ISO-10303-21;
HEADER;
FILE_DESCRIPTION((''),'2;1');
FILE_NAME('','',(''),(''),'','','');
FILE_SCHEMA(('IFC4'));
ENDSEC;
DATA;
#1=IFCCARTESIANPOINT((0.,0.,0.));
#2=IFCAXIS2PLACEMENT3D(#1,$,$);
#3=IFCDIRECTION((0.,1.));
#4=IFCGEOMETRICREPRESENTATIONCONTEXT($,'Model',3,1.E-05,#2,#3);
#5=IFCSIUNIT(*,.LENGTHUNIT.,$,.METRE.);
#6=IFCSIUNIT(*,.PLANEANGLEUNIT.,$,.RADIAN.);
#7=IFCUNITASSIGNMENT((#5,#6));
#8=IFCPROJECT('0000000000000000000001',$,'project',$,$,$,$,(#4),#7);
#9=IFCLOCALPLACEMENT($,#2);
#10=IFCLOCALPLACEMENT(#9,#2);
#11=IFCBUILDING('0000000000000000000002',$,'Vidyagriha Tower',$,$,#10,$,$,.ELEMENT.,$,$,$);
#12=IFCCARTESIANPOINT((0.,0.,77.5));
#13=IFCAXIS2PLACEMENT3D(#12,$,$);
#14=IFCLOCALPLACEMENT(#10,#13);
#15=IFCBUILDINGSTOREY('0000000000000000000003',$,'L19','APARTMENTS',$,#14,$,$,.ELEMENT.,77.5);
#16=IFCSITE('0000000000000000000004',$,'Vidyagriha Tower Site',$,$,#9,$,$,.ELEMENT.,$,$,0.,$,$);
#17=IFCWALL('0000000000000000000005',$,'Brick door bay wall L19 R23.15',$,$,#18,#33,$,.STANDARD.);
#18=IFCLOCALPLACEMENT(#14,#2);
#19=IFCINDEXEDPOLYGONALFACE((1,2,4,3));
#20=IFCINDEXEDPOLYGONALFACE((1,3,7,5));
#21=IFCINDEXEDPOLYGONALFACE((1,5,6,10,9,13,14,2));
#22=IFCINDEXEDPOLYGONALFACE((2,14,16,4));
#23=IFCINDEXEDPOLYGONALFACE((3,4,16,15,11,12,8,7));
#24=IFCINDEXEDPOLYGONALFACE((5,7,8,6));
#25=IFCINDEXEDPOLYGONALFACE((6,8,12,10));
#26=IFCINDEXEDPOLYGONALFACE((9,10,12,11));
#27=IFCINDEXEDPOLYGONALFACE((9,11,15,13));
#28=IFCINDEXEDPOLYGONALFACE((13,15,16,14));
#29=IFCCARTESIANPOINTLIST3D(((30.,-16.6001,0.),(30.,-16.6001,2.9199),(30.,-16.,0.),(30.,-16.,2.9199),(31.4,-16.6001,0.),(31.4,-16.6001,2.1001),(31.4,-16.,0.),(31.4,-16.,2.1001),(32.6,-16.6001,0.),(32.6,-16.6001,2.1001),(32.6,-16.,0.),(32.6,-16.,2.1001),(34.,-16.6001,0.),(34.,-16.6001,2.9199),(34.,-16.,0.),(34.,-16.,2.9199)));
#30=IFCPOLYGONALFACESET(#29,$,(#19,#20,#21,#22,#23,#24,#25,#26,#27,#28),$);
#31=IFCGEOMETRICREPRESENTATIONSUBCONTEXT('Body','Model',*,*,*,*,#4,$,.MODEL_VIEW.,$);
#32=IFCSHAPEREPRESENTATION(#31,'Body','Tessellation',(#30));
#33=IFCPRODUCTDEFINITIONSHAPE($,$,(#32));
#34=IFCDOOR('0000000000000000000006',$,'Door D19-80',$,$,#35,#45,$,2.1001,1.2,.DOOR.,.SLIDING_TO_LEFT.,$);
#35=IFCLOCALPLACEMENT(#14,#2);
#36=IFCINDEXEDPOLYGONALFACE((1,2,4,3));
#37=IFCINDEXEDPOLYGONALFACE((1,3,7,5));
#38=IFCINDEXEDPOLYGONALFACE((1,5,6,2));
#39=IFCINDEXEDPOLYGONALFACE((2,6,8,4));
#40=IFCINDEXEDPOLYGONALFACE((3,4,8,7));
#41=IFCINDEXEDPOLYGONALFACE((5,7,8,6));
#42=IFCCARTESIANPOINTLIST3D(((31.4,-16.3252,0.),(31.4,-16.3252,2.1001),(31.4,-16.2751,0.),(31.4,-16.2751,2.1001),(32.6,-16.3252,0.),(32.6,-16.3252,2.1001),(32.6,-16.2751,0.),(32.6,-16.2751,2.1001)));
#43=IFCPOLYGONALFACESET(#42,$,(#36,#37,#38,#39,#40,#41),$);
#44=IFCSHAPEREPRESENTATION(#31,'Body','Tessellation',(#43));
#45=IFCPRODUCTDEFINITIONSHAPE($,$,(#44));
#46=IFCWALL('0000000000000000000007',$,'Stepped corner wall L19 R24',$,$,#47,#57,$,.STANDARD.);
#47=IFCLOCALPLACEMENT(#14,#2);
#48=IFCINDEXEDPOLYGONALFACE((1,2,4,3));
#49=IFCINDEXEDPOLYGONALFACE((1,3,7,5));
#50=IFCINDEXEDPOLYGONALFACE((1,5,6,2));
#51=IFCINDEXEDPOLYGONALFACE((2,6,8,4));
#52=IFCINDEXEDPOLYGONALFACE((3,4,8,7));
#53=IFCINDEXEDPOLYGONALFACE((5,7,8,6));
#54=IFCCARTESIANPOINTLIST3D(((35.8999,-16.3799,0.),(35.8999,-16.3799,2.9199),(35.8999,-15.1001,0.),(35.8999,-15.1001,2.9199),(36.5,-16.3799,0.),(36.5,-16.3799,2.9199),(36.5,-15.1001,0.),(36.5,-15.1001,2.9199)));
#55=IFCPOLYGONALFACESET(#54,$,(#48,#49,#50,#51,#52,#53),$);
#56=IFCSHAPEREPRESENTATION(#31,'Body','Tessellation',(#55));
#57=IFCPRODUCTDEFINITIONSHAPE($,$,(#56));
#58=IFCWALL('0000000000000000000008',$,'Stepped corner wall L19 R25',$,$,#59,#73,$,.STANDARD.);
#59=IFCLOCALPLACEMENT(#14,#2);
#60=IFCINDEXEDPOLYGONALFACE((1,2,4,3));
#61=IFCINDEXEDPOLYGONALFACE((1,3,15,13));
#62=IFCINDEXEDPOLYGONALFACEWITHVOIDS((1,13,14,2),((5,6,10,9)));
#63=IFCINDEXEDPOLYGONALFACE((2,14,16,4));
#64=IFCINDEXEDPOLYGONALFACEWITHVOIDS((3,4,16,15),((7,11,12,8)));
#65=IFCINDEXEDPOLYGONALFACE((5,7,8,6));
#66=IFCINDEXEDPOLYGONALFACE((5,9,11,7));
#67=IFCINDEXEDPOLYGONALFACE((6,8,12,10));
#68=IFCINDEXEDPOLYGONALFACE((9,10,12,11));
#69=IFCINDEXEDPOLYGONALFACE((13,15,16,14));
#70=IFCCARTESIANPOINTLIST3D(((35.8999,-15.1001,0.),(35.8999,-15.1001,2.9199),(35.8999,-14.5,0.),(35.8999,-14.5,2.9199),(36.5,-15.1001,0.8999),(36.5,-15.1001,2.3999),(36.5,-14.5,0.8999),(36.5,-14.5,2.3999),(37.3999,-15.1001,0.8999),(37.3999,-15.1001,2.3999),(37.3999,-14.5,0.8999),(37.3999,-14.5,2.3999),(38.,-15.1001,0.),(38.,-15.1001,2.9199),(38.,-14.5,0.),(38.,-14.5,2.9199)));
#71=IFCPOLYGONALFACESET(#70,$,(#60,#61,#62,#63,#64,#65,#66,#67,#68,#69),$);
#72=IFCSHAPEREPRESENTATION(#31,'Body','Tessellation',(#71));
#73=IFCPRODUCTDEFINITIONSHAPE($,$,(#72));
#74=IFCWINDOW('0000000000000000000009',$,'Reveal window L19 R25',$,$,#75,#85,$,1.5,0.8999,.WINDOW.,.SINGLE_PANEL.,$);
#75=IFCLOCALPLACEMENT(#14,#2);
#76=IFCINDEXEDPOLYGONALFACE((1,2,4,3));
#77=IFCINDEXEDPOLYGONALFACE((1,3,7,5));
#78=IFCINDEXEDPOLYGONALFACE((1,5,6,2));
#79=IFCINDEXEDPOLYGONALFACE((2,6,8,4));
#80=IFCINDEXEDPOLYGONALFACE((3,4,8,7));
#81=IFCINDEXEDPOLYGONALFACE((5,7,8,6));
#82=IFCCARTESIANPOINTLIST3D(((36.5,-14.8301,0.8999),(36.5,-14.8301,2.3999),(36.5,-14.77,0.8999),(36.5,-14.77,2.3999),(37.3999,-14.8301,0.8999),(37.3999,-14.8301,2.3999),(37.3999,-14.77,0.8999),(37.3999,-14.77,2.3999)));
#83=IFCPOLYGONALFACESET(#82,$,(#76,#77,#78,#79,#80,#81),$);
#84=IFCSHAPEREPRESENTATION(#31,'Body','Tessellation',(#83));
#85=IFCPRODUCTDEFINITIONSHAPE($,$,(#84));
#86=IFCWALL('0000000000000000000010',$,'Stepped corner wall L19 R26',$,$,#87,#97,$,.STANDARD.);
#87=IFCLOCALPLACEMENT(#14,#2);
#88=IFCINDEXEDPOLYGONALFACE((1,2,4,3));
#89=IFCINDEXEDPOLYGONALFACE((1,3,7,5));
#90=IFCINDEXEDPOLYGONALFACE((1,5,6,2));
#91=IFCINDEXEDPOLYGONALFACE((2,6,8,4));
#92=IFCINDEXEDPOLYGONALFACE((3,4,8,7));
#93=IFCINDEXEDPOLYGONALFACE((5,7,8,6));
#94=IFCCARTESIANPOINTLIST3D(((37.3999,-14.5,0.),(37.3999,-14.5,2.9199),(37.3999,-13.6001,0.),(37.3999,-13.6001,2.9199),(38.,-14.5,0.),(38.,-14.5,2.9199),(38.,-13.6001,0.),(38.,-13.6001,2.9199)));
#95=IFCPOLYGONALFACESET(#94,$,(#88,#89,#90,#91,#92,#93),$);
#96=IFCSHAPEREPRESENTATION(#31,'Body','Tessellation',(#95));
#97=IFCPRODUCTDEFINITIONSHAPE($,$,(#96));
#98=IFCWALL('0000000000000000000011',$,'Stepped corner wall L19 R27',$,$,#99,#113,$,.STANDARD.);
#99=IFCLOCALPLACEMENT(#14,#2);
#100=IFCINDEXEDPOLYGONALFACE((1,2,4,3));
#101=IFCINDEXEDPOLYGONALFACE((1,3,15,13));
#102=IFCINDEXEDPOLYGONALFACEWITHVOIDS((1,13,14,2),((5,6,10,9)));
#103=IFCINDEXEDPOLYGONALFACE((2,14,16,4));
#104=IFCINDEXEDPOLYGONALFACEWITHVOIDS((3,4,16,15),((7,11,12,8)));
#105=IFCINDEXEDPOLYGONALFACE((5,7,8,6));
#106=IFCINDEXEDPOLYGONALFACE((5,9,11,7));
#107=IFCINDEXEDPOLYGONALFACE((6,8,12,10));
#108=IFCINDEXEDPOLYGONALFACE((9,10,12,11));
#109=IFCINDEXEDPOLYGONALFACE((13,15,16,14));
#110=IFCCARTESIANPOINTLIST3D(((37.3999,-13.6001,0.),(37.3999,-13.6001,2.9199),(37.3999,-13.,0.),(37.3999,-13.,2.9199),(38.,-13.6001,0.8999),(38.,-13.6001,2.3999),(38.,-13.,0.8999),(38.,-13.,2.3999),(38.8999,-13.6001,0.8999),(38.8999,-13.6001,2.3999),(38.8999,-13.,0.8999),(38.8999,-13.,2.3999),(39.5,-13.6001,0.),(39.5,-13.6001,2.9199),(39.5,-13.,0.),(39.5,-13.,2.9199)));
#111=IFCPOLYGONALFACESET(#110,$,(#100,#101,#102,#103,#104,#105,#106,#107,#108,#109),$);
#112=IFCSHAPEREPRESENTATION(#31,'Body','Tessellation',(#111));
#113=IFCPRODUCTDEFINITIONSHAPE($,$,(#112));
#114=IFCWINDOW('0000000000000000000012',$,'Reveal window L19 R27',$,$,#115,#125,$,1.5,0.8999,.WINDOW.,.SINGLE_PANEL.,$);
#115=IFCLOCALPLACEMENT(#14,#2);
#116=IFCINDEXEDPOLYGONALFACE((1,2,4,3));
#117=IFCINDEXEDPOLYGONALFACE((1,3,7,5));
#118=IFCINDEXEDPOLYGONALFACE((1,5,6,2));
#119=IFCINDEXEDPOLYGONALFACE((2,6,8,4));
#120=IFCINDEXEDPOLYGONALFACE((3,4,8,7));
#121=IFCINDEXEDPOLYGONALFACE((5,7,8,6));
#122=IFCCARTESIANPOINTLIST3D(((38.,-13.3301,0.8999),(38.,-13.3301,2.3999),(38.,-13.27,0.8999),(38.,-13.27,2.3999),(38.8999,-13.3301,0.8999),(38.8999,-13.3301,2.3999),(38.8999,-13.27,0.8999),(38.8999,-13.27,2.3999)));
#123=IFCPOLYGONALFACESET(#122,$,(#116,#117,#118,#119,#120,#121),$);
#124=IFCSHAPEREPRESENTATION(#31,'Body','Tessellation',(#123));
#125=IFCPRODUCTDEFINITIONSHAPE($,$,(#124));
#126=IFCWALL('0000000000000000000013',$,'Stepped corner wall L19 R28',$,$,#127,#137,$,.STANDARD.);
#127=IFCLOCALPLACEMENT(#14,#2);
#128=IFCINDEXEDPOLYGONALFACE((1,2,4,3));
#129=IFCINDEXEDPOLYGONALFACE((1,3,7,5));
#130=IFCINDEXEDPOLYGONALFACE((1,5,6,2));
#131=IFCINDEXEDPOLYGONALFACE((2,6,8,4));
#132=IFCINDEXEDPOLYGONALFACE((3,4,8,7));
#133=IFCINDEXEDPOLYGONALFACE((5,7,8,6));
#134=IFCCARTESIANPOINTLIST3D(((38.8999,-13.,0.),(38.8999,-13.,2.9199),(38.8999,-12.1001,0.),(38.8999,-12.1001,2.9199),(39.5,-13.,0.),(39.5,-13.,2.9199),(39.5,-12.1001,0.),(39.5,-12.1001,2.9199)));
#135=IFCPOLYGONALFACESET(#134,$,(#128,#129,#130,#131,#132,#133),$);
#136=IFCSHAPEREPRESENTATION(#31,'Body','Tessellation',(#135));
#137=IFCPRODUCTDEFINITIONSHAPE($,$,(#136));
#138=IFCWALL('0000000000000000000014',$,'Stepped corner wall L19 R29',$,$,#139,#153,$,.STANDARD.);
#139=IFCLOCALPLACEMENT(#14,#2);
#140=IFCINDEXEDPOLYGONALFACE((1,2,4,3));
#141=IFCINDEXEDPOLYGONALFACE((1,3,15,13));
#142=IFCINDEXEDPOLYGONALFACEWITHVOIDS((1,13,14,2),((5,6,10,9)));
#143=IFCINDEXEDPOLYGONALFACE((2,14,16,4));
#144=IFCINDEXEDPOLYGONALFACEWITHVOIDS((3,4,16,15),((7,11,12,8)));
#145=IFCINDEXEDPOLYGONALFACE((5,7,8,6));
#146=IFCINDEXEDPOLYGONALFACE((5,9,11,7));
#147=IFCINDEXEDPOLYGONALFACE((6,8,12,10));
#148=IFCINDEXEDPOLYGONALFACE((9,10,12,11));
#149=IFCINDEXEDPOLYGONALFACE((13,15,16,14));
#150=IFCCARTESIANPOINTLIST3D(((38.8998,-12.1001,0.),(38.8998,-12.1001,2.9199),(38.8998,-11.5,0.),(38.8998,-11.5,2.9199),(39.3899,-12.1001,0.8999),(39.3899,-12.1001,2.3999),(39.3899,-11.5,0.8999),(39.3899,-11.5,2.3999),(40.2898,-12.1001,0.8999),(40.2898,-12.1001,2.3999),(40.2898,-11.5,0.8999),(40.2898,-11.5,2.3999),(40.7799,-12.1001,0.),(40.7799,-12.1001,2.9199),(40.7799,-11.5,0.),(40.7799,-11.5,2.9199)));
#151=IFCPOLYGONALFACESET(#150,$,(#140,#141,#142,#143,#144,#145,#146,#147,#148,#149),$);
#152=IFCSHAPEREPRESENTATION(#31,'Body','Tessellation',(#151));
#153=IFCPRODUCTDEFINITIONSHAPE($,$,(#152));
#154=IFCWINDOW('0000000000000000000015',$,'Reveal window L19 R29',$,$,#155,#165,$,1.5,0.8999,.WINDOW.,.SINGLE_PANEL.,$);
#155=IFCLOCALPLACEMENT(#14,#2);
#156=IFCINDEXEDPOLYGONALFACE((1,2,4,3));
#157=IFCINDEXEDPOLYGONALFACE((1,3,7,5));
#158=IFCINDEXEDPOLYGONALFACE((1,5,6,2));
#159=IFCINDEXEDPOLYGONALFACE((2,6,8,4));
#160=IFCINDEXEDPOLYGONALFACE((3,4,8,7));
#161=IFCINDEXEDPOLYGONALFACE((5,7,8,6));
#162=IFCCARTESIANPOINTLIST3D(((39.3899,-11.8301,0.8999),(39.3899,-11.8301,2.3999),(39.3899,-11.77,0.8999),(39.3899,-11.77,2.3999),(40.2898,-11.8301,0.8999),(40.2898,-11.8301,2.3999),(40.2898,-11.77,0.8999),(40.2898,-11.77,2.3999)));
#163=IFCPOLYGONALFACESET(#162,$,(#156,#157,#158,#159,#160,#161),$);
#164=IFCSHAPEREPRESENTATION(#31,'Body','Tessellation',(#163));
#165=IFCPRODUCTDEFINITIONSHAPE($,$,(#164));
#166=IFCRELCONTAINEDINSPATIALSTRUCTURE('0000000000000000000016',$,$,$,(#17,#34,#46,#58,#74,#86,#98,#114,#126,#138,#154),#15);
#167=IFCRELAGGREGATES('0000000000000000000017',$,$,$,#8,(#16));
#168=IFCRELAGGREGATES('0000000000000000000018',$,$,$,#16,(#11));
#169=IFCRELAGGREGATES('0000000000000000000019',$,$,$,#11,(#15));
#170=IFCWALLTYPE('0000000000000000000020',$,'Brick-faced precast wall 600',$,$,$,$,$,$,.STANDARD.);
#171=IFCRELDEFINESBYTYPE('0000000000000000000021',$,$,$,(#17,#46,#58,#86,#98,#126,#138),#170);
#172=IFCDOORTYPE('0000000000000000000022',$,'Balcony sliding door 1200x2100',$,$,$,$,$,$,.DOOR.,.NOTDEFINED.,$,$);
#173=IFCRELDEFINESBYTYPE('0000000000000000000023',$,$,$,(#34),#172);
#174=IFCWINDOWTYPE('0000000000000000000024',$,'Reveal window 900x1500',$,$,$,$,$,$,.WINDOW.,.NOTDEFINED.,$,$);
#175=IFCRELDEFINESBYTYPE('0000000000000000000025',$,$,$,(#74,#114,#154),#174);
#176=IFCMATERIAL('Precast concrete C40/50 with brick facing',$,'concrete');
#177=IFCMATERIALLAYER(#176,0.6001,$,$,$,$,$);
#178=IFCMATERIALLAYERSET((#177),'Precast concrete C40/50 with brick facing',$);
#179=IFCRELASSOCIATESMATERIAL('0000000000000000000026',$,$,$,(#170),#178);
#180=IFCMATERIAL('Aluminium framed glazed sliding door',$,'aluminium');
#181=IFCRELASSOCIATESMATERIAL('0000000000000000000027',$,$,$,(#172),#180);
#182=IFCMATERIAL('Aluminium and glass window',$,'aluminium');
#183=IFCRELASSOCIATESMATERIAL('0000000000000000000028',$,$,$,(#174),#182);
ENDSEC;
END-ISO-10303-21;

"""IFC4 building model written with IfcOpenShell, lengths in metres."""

from ifc_helpers import new_model, si_unit, direction, frame, frame_2d, origin, place, context, subcontext, project, spatial, rectangle, extrude, material, layer, layer_set, type_object, element, fill, save


model = new_model("IFC4")

# Units and contexts
model_context = context("Model", 3, precision=1e-05, world=origin(), true_north=direction((0.0, 1.0)))
body_context = subcontext(model_context, "Body", "Model", "MODEL_VIEW")
ifc_project = project(units=[si_unit("LENGTHUNIT", "METRE"), si_unit("PLANEANGLEUNIT", "RADIAN")], contexts=[model_context])

# Site, building, storey
site_placement = place(None, origin())
site = spatial("IfcSite", under=ifc_project, at=site_placement, Name="Vidyagriha Tower Site", CompositionType="ELEMENT", RefElevation=0.0)
building_placement = place(site_placement, origin())
building = spatial("IfcBuilding", under=site, at=building_placement, Name="Vidyagriha Tower", CompositionType="ELEMENT")
storey_placement = place(building_placement, frame((0.0, 0.0, 77.5)))
storey = spatial("IfcBuildingStorey", under=building, at=storey_placement, Name="L19", Description="APARTMENTS", CompositionType="ELEMENT", Elevation=77.5)

# Wall, opening, door
ifc_material_1 = material(Name="Precast concrete C40/50 with brick facing", Category="concrete")
ifc_layer_1 = layer(ifc_material_1, 0.6001)
ifc_layer_set_1 = layer_set([ifc_layer_1], Name="Precast concrete C40/50 with brick facing")
wall_type = type_object("IfcWallType", Name="Brick-faced precast wall 600", PredefinedType="STANDARD", material=ifc_layer_set_1)
wall_1_placement = place(storey_placement, frame((30.0, -16.3, 0.0)))
wall_1 = element("IfcWall", 1, at=wall_1_placement, inside=storey, type_object=wall_type, Name="Brick door bay wall L19 R23.15", PredefinedType="STANDARD", context=body_context, shape_type="SweptSolid", body=[
    extrude(rectangle(XDim=4.0, YDim=0.6001, at=frame_2d((2.0, 0.0))), origin(), (0.0, 0.0, 1.0), 2.9199),
])
opening_1_placement = place(wall_1_placement, frame((1.3999, 0.0, 0.0)))
opening_1 = element("IfcOpeningElement", 2, at=opening_1_placement, cuts=wall_1, PredefinedType="OPENING", context=body_context, shape_type="SweptSolid", body=[
    extrude(rectangle(XDim=1.2, YDim=2.1001, at=frame_2d((0.6001, 1.05))), frame((0.0, 0.3101, 0.0), z_axis=(0.0, -1.0, 0.0), x_axis=(1.0, 0.0, 0.0)), (0.0, 0.0, 1.0), 0.6201),
])
ifc_material_2 = material(Name="Aluminium framed glazed sliding door", Category="aluminium")
door_type = type_object("IfcDoorType", Name="Balcony sliding door 1200x2100", OperationType="NOTDEFINED", PredefinedType="DOOR", material=ifc_material_2)
door_placement = place(opening_1_placement, origin())
door = element("IfcDoor", 3, at=door_placement, inside=storey, type_object=door_type, Name="Door D19-80", OperationType="SLIDING_TO_LEFT", OverallHeight=2.1001, OverallWidth=1.2, PredefinedType="DOOR", context=body_context, shape_type="SweptSolid", body=[
    extrude(rectangle(XDim=1.2, YDim=2.1001, at=frame_2d((0.6001, 1.05))), frame((0.0, 0.0249, 0.0), z_axis=(0.0, -1.0, 0.0), x_axis=(1.0, 0.0, 0.0)), (0.0, 0.0, 1.0), 0.05),
])
fill(opening_1, door)

# Wall
wall_2_placement = place(storey_placement, frame((36.2, -16.3799, 0.0), z_axis=(0.0, 0.0, 1.0), x_axis=(0.0, 1.0, 0.0)))
element("IfcWall", 4, at=wall_2_placement, inside=storey, type_object=wall_type, Name="Stepped corner wall L19 R24", PredefinedType="STANDARD", context=body_context, shape_type="SweptSolid", body=[
    extrude(rectangle(XDim=1.2798, YDim=0.6001, at=frame_2d((0.6399, 0.0))), origin(), (0.0, 0.0, 1.0), 2.9199),
])

# Wall, opening, window
wall_3_placement = place(storey_placement, frame((35.8999, -14.8, 0.0)))
wall_3 = element("IfcWall", 5, at=wall_3_placement, inside=storey, type_object=wall_type, Name="Stepped corner wall L19 R25", PredefinedType="STANDARD", context=body_context, shape_type="SweptSolid", body=[
    extrude(rectangle(XDim=2.1001, YDim=0.6001, at=frame_2d((1.05, 0.0))), origin(), (0.0, 0.0, 1.0), 2.9199),
])
opening_2_placement = place(wall_3_placement, frame((0.6001, 0.0, 0.8999)))
opening_2 = element("IfcOpeningElement", 6, at=opening_2_placement, cuts=wall_3, PredefinedType="OPENING", context=body_context, shape_type="SweptSolid", body=[
    extrude(rectangle(XDim=0.8999, YDim=1.5, at=frame_2d((0.45, 0.75))), frame((0.0, 0.3101, 0.0), z_axis=(0.0, -1.0, 0.0), x_axis=(1.0, 0.0, 0.0)), (0.0, 0.0, 1.0), 0.6201),
])
ifc_material_3 = material(Name="Aluminium and glass window", Category="aluminium")
window_type = type_object("IfcWindowType", Name="Reveal window 900x1500", PartitioningType="NOTDEFINED", PredefinedType="WINDOW", material=ifc_material_3)
window_1_placement = place(opening_2_placement, origin())
window_1 = element("IfcWindow", 7, at=window_1_placement, inside=storey, type_object=window_type, Name="Reveal window L19 R25", OverallHeight=1.5, OverallWidth=0.8999, PartitioningType="SINGLE_PANEL", PredefinedType="WINDOW", context=body_context, shape_type="SweptSolid", body=[
    extrude(rectangle(XDim=0.8999, YDim=1.5, at=frame_2d((0.45, 0.75))), frame((0.0, 0.03, 0.0), z_axis=(0.0, -1.0, 0.0), x_axis=(1.0, 0.0, 0.0)), (0.0, 0.0, 1.0), 0.0601),
])
fill(opening_2, window_1)

# Wall
wall_4_placement = place(storey_placement, frame((37.7, -14.5, 0.0), z_axis=(0.0, 0.0, 1.0), x_axis=(0.0, 1.0, 0.0)))
element("IfcWall", 8, at=wall_4_placement, inside=storey, type_object=wall_type, Name="Stepped corner wall L19 R26", PredefinedType="STANDARD", context=body_context, shape_type="SweptSolid", body=[
    extrude(rectangle(XDim=0.8999, YDim=0.6001, at=frame_2d((0.45, 0.0))), origin(), (0.0, 0.0, 1.0), 2.9199),
])

# Wall, opening, window
wall_5_placement = place(storey_placement, frame((37.3999, -13.3, 0.0)))
wall_5 = element("IfcWall", 9, at=wall_5_placement, inside=storey, type_object=wall_type, Name="Stepped corner wall L19 R27", PredefinedType="STANDARD", context=body_context, shape_type="SweptSolid", body=[
    extrude(rectangle(XDim=2.1001, YDim=0.6001, at=frame_2d((1.05, 0.0))), origin(), (0.0, 0.0, 1.0), 2.9199),
])
opening_3_placement = place(wall_5_placement, frame((0.6001, 0.0, 0.8999)))
opening_3 = element("IfcOpeningElement", 10, at=opening_3_placement, cuts=wall_5, PredefinedType="OPENING", context=body_context, shape_type="SweptSolid", body=[
    extrude(rectangle(XDim=0.8999, YDim=1.5, at=frame_2d((0.45, 0.75))), frame((0.0, 0.3101, 0.0), z_axis=(0.0, -1.0, 0.0), x_axis=(1.0, 0.0, 0.0)), (0.0, 0.0, 1.0), 0.6201),
])
window_2_placement = place(opening_3_placement, origin())
window_2 = element("IfcWindow", 11, at=window_2_placement, inside=storey, type_object=window_type, Name="Reveal window L19 R27", OverallHeight=1.5, OverallWidth=0.8999, PartitioningType="SINGLE_PANEL", PredefinedType="WINDOW", context=body_context, shape_type="SweptSolid", body=[
    extrude(rectangle(XDim=0.8999, YDim=1.5, at=frame_2d((0.45, 0.75))), frame((0.0, 0.03, 0.0), z_axis=(0.0, -1.0, 0.0), x_axis=(1.0, 0.0, 0.0)), (0.0, 0.0, 1.0), 0.0601),
])
fill(opening_3, window_2)

# Wall
wall_6_placement = place(storey_placement, frame((39.2, -13.0, 0.0), z_axis=(0.0, 0.0, 1.0), x_axis=(0.0, 1.0, 0.0)))
element("IfcWall", 12, at=wall_6_placement, inside=storey, type_object=wall_type, Name="Stepped corner wall L19 R28", PredefinedType="STANDARD", context=body_context, shape_type="SweptSolid", body=[
    extrude(rectangle(XDim=0.8999, YDim=0.6001, at=frame_2d((0.45, 0.0))), origin(), (0.0, 0.0, 1.0), 2.9199),
])

# Wall, opening, window
wall_7_placement = place(storey_placement, frame((38.8999, -11.8, 0.0)))
wall_7 = element("IfcWall", 13, at=wall_7_placement, inside=storey, type_object=wall_type, Name="Stepped corner wall L19 R29", PredefinedType="STANDARD", context=body_context, shape_type="SweptSolid", body=[
    extrude(rectangle(XDim=1.8801, YDim=0.6001, at=frame_2d((0.9399, 0.0))), origin(), (0.0, 0.0, 1.0), 2.9199),
])
opening_4_placement = place(wall_7_placement, frame((0.49, 0.0, 0.8999)))
opening_4 = element("IfcOpeningElement", 14, at=opening_4_placement, cuts=wall_7, PredefinedType="OPENING", context=body_context, shape_type="SweptSolid", body=[
    extrude(rectangle(XDim=0.8999, YDim=1.5, at=frame_2d((0.45, 0.75))), frame((0.0, 0.3101, 0.0), z_axis=(0.0, -1.0, 0.0), x_axis=(1.0, 0.0, 0.0)), (0.0, 0.0, 1.0), 0.6201),
])
window_3_placement = place(opening_4_placement, origin())
window_3 = element("IfcWindow", 15, at=window_3_placement, inside=storey, type_object=window_type, Name="Reveal window L19 R29", OverallHeight=1.5, OverallWidth=0.8999, PartitioningType="SINGLE_PANEL", PredefinedType="WINDOW", context=body_context, shape_type="SweptSolid", body=[
    extrude(rectangle(XDim=0.8999, YDim=1.5, at=frame_2d((0.45, 0.75))), frame((0.0, 0.03, 0.0), z_axis=(0.0, -1.0, 0.0), x_axis=(1.0, 0.0, 0.0)), (0.0, 0.0, 1.0), 0.0601),
])
fill(opening_4, window_3)

save(model, "model.ifc")
